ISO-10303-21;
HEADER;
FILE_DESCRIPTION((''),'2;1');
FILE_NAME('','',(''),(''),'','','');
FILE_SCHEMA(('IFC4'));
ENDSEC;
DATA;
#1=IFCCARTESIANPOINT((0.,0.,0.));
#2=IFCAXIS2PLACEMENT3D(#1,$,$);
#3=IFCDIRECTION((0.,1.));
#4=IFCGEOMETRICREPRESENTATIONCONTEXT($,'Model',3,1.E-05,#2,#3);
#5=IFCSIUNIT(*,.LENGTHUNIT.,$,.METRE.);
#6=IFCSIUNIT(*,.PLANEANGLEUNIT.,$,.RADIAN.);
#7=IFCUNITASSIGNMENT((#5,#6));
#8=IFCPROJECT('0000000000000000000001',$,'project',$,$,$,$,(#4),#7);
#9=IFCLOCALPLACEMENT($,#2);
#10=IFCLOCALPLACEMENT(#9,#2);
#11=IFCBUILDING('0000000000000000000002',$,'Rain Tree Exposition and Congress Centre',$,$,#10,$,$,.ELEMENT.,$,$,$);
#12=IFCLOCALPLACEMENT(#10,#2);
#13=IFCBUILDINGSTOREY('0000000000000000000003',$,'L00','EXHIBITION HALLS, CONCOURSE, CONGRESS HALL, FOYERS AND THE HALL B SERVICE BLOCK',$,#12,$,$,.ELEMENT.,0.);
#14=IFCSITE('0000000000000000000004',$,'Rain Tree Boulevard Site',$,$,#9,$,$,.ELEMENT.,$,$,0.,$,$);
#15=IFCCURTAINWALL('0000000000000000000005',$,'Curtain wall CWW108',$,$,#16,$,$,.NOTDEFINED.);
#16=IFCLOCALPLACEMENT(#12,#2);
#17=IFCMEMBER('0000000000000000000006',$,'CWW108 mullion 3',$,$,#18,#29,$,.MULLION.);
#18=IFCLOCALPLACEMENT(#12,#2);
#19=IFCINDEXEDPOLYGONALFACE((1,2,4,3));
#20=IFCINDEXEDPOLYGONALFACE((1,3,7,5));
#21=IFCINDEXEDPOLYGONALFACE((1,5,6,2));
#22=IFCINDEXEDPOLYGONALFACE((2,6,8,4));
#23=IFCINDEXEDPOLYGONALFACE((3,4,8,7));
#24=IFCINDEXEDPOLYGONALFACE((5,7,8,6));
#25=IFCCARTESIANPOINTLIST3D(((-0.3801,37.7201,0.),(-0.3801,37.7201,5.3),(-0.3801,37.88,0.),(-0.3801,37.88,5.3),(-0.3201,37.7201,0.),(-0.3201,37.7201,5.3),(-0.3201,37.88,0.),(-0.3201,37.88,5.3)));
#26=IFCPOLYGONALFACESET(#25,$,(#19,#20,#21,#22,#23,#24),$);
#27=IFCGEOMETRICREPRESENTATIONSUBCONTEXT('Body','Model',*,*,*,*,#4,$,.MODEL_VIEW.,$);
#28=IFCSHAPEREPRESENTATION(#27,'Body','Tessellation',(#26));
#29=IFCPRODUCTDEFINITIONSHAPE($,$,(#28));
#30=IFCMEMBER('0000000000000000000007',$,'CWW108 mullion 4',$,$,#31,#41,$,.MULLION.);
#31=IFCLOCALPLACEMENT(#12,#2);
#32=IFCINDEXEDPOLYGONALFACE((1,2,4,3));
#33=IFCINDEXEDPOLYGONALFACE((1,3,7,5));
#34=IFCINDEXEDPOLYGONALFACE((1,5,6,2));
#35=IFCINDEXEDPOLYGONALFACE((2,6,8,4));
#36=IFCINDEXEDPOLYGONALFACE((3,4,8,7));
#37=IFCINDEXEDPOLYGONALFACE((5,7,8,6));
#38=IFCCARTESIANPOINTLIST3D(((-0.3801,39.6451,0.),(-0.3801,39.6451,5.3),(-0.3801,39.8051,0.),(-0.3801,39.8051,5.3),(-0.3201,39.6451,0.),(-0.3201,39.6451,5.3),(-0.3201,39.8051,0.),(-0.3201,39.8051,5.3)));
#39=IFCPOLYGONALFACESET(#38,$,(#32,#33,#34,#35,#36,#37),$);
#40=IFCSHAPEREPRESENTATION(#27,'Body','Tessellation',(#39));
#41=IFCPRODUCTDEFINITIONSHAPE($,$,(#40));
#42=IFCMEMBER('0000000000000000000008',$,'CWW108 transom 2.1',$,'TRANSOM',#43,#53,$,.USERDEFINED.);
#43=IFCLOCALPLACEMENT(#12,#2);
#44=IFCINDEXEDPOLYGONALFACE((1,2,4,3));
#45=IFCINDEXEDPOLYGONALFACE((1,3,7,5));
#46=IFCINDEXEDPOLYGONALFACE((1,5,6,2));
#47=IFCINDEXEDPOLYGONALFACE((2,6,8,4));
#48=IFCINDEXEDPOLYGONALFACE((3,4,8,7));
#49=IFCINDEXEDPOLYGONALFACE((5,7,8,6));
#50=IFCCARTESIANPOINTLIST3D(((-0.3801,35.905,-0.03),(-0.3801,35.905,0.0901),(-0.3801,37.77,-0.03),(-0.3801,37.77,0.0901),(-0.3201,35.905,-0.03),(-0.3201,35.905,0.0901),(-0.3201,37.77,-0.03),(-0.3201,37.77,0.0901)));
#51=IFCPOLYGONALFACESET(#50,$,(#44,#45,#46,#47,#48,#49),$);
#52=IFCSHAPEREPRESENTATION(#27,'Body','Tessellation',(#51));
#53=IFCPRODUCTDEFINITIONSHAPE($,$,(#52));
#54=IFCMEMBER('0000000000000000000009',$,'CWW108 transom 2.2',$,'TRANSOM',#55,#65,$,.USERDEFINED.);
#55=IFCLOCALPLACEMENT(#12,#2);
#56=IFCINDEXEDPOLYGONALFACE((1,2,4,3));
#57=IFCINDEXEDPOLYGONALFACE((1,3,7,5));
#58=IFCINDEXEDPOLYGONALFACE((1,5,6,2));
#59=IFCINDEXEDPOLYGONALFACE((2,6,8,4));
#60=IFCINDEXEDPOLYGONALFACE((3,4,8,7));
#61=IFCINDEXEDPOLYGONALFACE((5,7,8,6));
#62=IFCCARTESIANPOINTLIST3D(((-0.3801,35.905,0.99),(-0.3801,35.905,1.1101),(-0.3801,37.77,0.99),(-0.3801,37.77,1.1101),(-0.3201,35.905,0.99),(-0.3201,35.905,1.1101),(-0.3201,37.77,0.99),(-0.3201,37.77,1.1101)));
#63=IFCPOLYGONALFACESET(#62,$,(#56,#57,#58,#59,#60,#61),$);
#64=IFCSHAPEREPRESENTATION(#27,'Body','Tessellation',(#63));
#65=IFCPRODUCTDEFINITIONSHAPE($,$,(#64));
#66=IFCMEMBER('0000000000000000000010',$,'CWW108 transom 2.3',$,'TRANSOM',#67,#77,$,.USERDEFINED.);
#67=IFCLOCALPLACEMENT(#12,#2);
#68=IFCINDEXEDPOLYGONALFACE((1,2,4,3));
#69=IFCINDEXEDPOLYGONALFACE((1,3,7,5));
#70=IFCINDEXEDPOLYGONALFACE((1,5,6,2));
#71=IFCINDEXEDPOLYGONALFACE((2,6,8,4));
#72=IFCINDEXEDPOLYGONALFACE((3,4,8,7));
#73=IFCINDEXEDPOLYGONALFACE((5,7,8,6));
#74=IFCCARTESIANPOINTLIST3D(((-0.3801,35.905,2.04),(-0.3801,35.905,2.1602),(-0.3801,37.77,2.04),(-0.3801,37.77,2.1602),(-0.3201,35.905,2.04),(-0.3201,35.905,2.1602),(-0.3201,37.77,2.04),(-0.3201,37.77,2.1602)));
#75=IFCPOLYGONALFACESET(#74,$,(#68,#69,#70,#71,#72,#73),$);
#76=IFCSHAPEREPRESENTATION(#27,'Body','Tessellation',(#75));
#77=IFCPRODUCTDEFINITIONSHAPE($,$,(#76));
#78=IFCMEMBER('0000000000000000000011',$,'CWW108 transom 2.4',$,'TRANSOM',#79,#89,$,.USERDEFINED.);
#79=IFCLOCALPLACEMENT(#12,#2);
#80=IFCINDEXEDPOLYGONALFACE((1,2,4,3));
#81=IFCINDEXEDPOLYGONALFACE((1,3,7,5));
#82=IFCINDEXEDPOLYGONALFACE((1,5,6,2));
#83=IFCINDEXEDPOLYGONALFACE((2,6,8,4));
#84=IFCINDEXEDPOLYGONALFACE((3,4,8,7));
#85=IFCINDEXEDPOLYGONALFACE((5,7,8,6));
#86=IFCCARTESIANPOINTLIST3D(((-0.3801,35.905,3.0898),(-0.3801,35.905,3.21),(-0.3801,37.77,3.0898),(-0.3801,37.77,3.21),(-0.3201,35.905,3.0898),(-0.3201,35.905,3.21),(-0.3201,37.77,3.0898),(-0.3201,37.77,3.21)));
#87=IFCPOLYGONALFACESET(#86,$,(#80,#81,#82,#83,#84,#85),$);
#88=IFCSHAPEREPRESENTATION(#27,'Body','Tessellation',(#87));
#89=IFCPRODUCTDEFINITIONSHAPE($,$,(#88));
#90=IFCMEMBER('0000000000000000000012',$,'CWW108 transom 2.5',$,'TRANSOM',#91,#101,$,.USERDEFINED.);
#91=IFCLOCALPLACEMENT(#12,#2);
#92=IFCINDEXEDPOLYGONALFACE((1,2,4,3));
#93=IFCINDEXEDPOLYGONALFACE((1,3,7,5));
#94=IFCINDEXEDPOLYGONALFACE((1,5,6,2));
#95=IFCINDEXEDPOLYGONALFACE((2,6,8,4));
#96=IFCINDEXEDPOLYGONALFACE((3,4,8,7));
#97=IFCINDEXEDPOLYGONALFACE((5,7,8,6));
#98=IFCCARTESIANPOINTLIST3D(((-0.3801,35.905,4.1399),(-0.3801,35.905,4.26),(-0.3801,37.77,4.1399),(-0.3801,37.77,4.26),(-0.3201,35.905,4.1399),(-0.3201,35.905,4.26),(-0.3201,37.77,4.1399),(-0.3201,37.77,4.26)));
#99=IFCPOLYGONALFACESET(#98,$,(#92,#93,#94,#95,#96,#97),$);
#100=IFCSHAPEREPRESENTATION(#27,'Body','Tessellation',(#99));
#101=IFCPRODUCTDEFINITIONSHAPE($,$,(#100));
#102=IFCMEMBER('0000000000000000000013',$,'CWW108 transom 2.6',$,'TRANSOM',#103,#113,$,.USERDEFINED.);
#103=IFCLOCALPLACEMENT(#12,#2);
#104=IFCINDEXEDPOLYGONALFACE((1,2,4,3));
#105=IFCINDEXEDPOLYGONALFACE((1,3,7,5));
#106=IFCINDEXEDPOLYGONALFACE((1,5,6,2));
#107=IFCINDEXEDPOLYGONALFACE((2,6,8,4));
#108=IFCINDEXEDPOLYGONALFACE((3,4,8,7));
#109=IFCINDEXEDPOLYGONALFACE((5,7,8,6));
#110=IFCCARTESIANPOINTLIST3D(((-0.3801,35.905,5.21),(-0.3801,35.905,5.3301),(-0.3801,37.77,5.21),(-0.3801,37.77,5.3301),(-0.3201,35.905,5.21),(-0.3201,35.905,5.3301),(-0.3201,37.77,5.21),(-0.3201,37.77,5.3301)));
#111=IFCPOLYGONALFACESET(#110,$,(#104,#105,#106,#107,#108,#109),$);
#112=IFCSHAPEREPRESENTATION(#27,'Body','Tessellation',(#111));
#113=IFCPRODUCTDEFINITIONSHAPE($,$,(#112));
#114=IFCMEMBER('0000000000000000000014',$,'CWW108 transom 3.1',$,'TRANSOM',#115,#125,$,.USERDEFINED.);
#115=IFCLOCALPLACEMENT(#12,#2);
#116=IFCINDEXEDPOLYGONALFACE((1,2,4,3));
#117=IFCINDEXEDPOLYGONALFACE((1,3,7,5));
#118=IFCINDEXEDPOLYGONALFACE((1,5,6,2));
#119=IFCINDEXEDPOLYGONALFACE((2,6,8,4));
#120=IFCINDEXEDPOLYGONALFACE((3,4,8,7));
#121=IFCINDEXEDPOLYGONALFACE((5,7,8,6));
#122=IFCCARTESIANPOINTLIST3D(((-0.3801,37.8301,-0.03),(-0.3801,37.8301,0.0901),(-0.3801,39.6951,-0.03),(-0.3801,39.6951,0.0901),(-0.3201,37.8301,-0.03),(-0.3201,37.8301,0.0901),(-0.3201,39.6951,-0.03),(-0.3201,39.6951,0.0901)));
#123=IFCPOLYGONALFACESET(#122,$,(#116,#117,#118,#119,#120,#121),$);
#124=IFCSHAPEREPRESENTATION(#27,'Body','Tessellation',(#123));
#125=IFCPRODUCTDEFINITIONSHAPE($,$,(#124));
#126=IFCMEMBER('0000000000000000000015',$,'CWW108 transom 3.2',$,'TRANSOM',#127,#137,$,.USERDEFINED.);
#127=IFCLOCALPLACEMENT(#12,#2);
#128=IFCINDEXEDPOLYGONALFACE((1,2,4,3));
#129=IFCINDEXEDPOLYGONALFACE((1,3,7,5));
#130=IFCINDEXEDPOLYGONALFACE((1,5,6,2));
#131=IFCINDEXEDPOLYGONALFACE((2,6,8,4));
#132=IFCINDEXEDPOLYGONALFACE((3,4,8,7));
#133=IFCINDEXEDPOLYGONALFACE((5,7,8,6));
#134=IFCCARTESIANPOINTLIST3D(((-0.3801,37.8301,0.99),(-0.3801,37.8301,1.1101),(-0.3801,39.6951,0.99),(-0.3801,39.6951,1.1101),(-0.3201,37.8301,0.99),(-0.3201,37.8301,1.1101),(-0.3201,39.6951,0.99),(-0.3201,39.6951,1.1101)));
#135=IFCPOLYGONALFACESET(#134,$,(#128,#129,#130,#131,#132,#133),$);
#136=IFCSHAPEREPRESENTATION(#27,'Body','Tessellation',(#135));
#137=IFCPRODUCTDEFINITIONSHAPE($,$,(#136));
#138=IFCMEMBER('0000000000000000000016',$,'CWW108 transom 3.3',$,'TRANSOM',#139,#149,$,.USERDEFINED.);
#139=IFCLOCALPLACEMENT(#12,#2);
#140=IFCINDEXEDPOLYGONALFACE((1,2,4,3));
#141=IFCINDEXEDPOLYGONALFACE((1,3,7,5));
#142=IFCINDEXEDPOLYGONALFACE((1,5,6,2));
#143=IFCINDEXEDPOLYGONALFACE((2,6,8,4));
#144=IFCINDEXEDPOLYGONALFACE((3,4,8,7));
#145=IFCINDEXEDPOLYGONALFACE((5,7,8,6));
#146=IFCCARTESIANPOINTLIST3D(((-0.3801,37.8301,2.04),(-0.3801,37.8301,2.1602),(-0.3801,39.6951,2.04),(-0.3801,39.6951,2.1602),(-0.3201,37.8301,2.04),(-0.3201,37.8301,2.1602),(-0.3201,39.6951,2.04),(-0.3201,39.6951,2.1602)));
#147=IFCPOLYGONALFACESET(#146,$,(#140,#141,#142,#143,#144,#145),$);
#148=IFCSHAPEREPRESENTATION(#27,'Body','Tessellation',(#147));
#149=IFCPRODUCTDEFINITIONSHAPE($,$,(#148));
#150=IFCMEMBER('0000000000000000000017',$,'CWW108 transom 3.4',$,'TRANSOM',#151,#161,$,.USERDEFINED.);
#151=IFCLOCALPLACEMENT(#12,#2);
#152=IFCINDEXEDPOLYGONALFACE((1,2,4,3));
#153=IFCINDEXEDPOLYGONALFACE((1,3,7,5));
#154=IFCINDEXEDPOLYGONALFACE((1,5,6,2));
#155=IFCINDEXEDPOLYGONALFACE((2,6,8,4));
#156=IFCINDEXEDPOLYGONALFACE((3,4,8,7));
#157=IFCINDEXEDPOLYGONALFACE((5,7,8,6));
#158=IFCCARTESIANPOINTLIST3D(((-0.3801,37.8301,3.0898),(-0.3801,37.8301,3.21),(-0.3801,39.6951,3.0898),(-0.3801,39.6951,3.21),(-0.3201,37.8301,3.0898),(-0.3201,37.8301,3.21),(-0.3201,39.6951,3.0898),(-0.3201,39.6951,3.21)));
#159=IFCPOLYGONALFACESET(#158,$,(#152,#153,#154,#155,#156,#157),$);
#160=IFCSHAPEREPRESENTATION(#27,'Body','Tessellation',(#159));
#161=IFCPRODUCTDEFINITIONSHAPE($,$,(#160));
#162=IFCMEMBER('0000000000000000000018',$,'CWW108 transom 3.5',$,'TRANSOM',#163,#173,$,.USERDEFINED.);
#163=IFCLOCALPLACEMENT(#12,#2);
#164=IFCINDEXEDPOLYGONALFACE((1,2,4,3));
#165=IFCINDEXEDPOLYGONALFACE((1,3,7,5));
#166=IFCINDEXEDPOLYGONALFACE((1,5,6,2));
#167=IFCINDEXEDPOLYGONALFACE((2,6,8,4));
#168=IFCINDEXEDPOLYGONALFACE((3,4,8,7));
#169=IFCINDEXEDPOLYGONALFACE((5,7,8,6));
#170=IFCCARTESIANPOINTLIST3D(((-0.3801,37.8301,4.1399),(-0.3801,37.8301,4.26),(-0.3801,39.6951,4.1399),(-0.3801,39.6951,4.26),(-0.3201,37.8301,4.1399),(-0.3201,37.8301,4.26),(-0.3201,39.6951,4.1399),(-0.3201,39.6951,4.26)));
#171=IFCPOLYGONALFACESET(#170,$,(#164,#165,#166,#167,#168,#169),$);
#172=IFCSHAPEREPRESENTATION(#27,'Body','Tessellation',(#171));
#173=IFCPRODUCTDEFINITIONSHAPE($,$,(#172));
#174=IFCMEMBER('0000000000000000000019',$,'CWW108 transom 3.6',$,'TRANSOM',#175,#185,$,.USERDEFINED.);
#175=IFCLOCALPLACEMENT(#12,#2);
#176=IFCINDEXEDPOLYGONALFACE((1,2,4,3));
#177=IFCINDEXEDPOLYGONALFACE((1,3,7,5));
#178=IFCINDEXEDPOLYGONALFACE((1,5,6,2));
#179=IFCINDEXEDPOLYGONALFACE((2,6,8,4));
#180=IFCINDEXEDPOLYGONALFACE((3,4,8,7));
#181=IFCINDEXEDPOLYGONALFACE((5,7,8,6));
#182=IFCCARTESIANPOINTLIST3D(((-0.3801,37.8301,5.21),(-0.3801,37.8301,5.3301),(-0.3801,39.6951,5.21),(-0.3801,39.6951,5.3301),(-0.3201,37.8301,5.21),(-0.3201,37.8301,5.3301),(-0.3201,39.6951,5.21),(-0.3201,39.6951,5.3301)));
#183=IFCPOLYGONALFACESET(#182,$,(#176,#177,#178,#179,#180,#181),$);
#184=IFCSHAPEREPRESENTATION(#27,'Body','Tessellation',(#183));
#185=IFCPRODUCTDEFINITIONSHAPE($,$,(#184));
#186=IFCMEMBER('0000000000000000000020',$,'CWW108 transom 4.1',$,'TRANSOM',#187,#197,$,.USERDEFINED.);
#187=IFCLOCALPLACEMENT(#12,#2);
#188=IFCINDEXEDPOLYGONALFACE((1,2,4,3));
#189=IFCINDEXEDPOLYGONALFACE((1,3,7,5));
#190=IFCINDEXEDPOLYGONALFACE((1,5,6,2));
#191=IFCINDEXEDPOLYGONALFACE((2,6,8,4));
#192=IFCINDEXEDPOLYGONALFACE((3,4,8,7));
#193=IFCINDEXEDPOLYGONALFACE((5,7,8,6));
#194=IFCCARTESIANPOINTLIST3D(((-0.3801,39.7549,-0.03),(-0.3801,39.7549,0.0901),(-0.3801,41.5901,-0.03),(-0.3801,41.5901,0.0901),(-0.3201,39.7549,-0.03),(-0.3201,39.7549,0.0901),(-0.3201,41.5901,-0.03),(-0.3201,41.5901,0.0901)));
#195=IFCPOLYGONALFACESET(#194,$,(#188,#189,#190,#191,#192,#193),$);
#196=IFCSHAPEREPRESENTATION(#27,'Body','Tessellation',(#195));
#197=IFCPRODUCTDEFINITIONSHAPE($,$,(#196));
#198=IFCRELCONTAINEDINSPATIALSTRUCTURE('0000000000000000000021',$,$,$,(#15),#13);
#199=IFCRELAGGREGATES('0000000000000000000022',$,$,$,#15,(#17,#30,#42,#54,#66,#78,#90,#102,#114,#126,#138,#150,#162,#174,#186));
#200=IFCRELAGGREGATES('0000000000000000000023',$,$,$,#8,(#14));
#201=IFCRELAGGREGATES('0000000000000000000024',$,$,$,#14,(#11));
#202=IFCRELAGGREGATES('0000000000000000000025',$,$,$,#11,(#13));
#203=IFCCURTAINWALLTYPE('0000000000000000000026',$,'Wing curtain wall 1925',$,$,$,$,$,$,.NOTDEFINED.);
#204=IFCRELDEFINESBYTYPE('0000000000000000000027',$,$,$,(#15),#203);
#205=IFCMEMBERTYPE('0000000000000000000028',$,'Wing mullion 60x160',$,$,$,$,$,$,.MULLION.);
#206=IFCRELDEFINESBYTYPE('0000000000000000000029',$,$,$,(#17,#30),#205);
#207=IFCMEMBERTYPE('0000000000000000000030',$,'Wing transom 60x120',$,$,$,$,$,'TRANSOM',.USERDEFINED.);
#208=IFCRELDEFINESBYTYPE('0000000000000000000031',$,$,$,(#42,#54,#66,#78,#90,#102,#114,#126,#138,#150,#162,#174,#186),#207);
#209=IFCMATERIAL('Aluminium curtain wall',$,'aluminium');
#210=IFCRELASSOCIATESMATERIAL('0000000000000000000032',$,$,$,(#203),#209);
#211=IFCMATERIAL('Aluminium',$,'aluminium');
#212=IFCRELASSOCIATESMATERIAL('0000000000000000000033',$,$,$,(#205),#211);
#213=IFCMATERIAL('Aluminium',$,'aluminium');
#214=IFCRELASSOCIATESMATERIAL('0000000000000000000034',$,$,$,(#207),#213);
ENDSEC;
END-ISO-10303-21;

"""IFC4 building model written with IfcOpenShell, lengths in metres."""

from ifc_helpers import new_model, si_unit, direction, frame, origin, origin_2d, place, context, subcontext, project, spatial, rectangle, extrude, material, material_profile, profile_set, type_object, element, aggregate, save


model = new_model("IFC4")

# Units and contexts
model_context = context("Model", 3, precision=1e-05, world=origin(), true_north=direction((0.0, 1.0)))
body_context = subcontext(model_context, "Body", "Model", "MODEL_VIEW")
ifc_project = project(units=[si_unit("LENGTHUNIT", "METRE"), si_unit("PLANEANGLEUNIT", "RADIAN")], contexts=[model_context])

# Site, building, storey
site_placement = place(None, origin())
site = spatial("IfcSite", under=ifc_project, at=site_placement, Name="Rain Tree Boulevard Site", CompositionType="ELEMENT", RefElevation=0.0)
building_placement = place(site_placement, origin())
building = spatial("IfcBuilding", under=site, at=building_placement, Name="Rain Tree Exposition and Congress Centre", CompositionType="ELEMENT")
storey_placement = place(building_placement, origin())
storey = spatial("IfcBuildingStorey", under=building, at=storey_placement, Name="L00", Description="EXHIBITION HALLS, CONCOURSE, CONGRESS HALL, FOYERS AND THE HALL B SERVICE BLOCK", CompositionType="ELEMENT", Elevation=0.0)

# Curtain wall, members
ifc_material_1 = material(Name="Aluminium curtain wall", Category="aluminium")
curtain_wall_type = type_object("IfcCurtainWallType", Name="Wing curtain wall 1925", PredefinedType="NOTDEFINED", material=ifc_material_1)
curtain_wall_placement = place(storey_placement, origin())
curtain_wall = element("IfcCurtainWall", 1, at=curtain_wall_placement, inside=storey, type_object=curtain_wall_type, Name="Curtain wall CWW108", PredefinedType="NOTDEFINED")
ifc_material_2 = material(Name="Aluminium", Category="aluminium")
ifc_material_profile_1 = material_profile(ifc_material_2, rectangle(XDim=0.0601, YDim=0.1599, at=origin_2d()), Name="Aluminium 60x160")
ifc_profile_set_1 = profile_set([ifc_material_profile_1], Name="Aluminium")
member_type_1 = type_object("IfcMemberType", Name="Wing mullion 60x160", PredefinedType="MULLION", material=ifc_profile_set_1)
member_1_placement = place(storey_placement, frame((-0.3501, 37.8, 0.0), z_axis=(0.0, 0.0, 1.0), x_axis=(-1.0, 0.0, 0.0)))
member_1 = element("IfcMember", 2, at=member_1_placement, type_object=member_type_1, Name="CWW108 mullion 3", PredefinedType="MULLION", context=body_context, shape_type="SweptSolid", body=[
    extrude(rectangle(XDim=0.0601, YDim=0.1599, at=origin_2d()), origin(), (0.0, 0.0, 1.0), 5.3),
])
member_2_placement = place(storey_placement, frame((-0.3501, 39.7251, 0.0), z_axis=(0.0, 0.0, 1.0), x_axis=(-1.0, 0.0, 0.0)))
member_2 = element("IfcMember", 3, at=member_2_placement, type_object=member_type_1, Name="CWW108 mullion 4", PredefinedType="MULLION", context=body_context, shape_type="SweptSolid", body=[
    extrude(rectangle(XDim=0.0601, YDim=0.1599, at=origin_2d()), origin(), (0.0, 0.0, 1.0), 5.3),
])
ifc_material_3 = material(Name="Aluminium", Category="aluminium")
ifc_material_profile_2 = material_profile(ifc_material_3, rectangle(XDim=0.0601, YDim=0.1201, at=origin_2d()), Name="Aluminium 60x120")
ifc_profile_set_2 = profile_set([ifc_material_profile_2], Name="Aluminium")
member_type_2 = type_object("IfcMemberType", Name="Wing transom 60x120", ElementType="TRANSOM", PredefinedType="USERDEFINED", material=ifc_profile_set_2)
member_3_placement = place(storey_placement, frame((-0.3501, 35.905, 0.03), z_axis=(0.0, 1.0, 0.0), x_axis=(-1.0, 0.0, 0.0)))
member_3 = element("IfcMember", 4, at=member_3_placement, type_object=member_type_2, Name="CWW108 transom 2.1", ObjectType="TRANSOM", PredefinedType="USERDEFINED", context=body_context, shape_type="SweptSolid", body=[
    extrude(rectangle(XDim=0.0601, YDim=0.1201, at=origin_2d()), origin(), (0.0, 0.0, 1.0), 1.865),
])
member_4_placement = place(storey_placement, frame((-0.3501, 35.905, 1.05), z_axis=(0.0, 1.0, 0.0), x_axis=(-1.0, 0.0, 0.0)))
member_4 = element("IfcMember", 5, at=member_4_placement, type_object=member_type_2, Name="CWW108 transom 2.2", ObjectType="TRANSOM", PredefinedType="USERDEFINED", context=body_context, shape_type="SweptSolid", body=[
    extrude(rectangle(XDim=0.0601, YDim=0.1201, at=origin_2d()), origin(), (0.0, 0.0, 1.0), 1.865),
])
member_5_placement = place(storey_placement, frame((-0.3501, 35.905, 2.1001), z_axis=(0.0, 1.0, 0.0), x_axis=(-1.0, 0.0, 0.0)))
member_5 = element("IfcMember", 6, at=member_5_placement, type_object=member_type_2, Name="CWW108 transom 2.3", ObjectType="TRANSOM", PredefinedType="USERDEFINED", context=body_context, shape_type="SweptSolid", body=[
    extrude(rectangle(XDim=0.0601, YDim=0.1201, at=origin_2d()), origin(), (0.0, 0.0, 1.0), 1.865),
])
member_6_placement = place(storey_placement, frame((-0.3501, 35.905, 3.1499), z_axis=(0.0, 1.0, 0.0), x_axis=(-1.0, 0.0, 0.0)))
member_6 = element("IfcMember", 7, at=member_6_placement, type_object=member_type_2, Name="CWW108 transom 2.4", ObjectType="TRANSOM", PredefinedType="USERDEFINED", context=body_context, shape_type="SweptSolid", body=[
    extrude(rectangle(XDim=0.0601, YDim=0.1201, at=origin_2d()), origin(), (0.0, 0.0, 1.0), 1.865),
])
member_7_placement = place(storey_placement, frame((-0.3501, 35.905, 4.2), z_axis=(0.0, 1.0, 0.0), x_axis=(-1.0, 0.0, 0.0)))
member_7 = element("IfcMember", 8, at=member_7_placement, type_object=member_type_2, Name="CWW108 transom 2.5", ObjectType="TRANSOM", PredefinedType="USERDEFINED", context=body_context, shape_type="SweptSolid", body=[
    extrude(rectangle(XDim=0.0601, YDim=0.1201, at=origin_2d()), origin(), (0.0, 0.0, 1.0), 1.865),
])
member_8_placement = place(storey_placement, frame((-0.3501, 35.905, 5.27), z_axis=(0.0, 1.0, 0.0), x_axis=(-1.0, 0.0, 0.0)))
member_8 = element("IfcMember", 9, at=member_8_placement, type_object=member_type_2, Name="CWW108 transom 2.6", ObjectType="TRANSOM", PredefinedType="USERDEFINED", context=body_context, shape_type="SweptSolid", body=[
    extrude(rectangle(XDim=0.0601, YDim=0.1201, at=origin_2d()), origin(), (0.0, 0.0, 1.0), 1.865),
])
member_9_placement = place(storey_placement, frame((-0.3501, 37.8301, 0.03), z_axis=(0.0, 1.0, 0.0), x_axis=(-1.0, 0.0, 0.0)))
member_9 = element("IfcMember", 10, at=member_9_placement, type_object=member_type_2, Name="CWW108 transom 3.1", ObjectType="TRANSOM", PredefinedType="USERDEFINED", context=body_context, shape_type="SweptSolid", body=[
    extrude(rectangle(XDim=0.0601, YDim=0.1201, at=origin_2d()), origin(), (0.0, 0.0, 1.0), 1.865),
])
member_10_placement = place(storey_placement, frame((-0.3501, 37.8301, 1.05), z_axis=(0.0, 1.0, 0.0), x_axis=(-1.0, 0.0, 0.0)))
member_10 = element("IfcMember", 11, at=member_10_placement, type_object=member_type_2, Name="CWW108 transom 3.2", ObjectType="TRANSOM", PredefinedType="USERDEFINED", context=body_context, shape_type="SweptSolid", body=[
    extrude(rectangle(XDim=0.0601, YDim=0.1201, at=origin_2d()), origin(), (0.0, 0.0, 1.0), 1.865),
])
member_11_placement = place(storey_placement, frame((-0.3501, 37.8301, 2.1001), z_axis=(0.0, 1.0, 0.0), x_axis=(-1.0, 0.0, 0.0)))
member_11 = element("IfcMember", 12, at=member_11_placement, type_object=member_type_2, Name="CWW108 transom 3.3", ObjectType="TRANSOM", PredefinedType="USERDEFINED", context=body_context, shape_type="SweptSolid", body=[
    extrude(rectangle(XDim=0.0601, YDim=0.1201, at=origin_2d()), origin(), (0.0, 0.0, 1.0), 1.865),
])
member_12_placement = place(storey_placement, frame((-0.3501, 37.8301, 3.1499), z_axis=(0.0, 1.0, 0.0), x_axis=(-1.0, 0.0, 0.0)))
member_12 = element("IfcMember", 13, at=member_12_placement, type_object=member_type_2, Name="CWW108 transom 3.4", ObjectType="TRANSOM", PredefinedType="USERDEFINED", context=body_context, shape_type="SweptSolid", body=[
    extrude(rectangle(XDim=0.0601, YDim=0.1201, at=origin_2d()), origin(), (0.0, 0.0, 1.0), 1.865),
])
member_13_placement = place(storey_placement, frame((-0.3501, 37.8301, 4.2), z_axis=(0.0, 1.0, 0.0), x_axis=(-1.0, 0.0, 0.0)))
member_13 = element("IfcMember", 14, at=member_13_placement, type_object=member_type_2, Name="CWW108 transom 3.5", ObjectType="TRANSOM", PredefinedType="USERDEFINED", context=body_context, shape_type="SweptSolid", body=[
    extrude(rectangle(XDim=0.0601, YDim=0.1201, at=origin_2d()), origin(), (0.0, 0.0, 1.0), 1.865),
])
member_14_placement = place(storey_placement, frame((-0.3501, 37.8301, 5.27), z_axis=(0.0, 1.0, 0.0), x_axis=(-1.0, 0.0, 0.0)))
member_14 = element("IfcMember", 15, at=member_14_placement, type_object=member_type_2, Name="CWW108 transom 3.6", ObjectType="TRANSOM", PredefinedType="USERDEFINED", context=body_context, shape_type="SweptSolid", body=[
    extrude(rectangle(XDim=0.0601, YDim=0.1201, at=origin_2d()), origin(), (0.0, 0.0, 1.0), 1.865),
])
member_15_placement = place(storey_placement, frame((-0.3501, 39.7549, 0.03), z_axis=(0.0, 1.0, 0.0), x_axis=(-1.0, 0.0, 0.0)))
member_15 = element("IfcMember", 16, at=member_15_placement, type_object=member_type_2, Name="CWW108 transom 4.1", ObjectType="TRANSOM", PredefinedType="USERDEFINED", context=body_context, shape_type="SweptSolid", body=[
    extrude(rectangle(XDim=0.0601, YDim=0.1201, at=origin_2d()), origin(), (0.0, 0.0, 1.0), 1.8352),
])
aggregate(curtain_wall, [member_1, member_2, member_3, member_4, member_5, member_6, member_7, member_8, member_9, member_10, member_11, member_12, member_13, member_14, member_15])

save(model, "model.ifc")
